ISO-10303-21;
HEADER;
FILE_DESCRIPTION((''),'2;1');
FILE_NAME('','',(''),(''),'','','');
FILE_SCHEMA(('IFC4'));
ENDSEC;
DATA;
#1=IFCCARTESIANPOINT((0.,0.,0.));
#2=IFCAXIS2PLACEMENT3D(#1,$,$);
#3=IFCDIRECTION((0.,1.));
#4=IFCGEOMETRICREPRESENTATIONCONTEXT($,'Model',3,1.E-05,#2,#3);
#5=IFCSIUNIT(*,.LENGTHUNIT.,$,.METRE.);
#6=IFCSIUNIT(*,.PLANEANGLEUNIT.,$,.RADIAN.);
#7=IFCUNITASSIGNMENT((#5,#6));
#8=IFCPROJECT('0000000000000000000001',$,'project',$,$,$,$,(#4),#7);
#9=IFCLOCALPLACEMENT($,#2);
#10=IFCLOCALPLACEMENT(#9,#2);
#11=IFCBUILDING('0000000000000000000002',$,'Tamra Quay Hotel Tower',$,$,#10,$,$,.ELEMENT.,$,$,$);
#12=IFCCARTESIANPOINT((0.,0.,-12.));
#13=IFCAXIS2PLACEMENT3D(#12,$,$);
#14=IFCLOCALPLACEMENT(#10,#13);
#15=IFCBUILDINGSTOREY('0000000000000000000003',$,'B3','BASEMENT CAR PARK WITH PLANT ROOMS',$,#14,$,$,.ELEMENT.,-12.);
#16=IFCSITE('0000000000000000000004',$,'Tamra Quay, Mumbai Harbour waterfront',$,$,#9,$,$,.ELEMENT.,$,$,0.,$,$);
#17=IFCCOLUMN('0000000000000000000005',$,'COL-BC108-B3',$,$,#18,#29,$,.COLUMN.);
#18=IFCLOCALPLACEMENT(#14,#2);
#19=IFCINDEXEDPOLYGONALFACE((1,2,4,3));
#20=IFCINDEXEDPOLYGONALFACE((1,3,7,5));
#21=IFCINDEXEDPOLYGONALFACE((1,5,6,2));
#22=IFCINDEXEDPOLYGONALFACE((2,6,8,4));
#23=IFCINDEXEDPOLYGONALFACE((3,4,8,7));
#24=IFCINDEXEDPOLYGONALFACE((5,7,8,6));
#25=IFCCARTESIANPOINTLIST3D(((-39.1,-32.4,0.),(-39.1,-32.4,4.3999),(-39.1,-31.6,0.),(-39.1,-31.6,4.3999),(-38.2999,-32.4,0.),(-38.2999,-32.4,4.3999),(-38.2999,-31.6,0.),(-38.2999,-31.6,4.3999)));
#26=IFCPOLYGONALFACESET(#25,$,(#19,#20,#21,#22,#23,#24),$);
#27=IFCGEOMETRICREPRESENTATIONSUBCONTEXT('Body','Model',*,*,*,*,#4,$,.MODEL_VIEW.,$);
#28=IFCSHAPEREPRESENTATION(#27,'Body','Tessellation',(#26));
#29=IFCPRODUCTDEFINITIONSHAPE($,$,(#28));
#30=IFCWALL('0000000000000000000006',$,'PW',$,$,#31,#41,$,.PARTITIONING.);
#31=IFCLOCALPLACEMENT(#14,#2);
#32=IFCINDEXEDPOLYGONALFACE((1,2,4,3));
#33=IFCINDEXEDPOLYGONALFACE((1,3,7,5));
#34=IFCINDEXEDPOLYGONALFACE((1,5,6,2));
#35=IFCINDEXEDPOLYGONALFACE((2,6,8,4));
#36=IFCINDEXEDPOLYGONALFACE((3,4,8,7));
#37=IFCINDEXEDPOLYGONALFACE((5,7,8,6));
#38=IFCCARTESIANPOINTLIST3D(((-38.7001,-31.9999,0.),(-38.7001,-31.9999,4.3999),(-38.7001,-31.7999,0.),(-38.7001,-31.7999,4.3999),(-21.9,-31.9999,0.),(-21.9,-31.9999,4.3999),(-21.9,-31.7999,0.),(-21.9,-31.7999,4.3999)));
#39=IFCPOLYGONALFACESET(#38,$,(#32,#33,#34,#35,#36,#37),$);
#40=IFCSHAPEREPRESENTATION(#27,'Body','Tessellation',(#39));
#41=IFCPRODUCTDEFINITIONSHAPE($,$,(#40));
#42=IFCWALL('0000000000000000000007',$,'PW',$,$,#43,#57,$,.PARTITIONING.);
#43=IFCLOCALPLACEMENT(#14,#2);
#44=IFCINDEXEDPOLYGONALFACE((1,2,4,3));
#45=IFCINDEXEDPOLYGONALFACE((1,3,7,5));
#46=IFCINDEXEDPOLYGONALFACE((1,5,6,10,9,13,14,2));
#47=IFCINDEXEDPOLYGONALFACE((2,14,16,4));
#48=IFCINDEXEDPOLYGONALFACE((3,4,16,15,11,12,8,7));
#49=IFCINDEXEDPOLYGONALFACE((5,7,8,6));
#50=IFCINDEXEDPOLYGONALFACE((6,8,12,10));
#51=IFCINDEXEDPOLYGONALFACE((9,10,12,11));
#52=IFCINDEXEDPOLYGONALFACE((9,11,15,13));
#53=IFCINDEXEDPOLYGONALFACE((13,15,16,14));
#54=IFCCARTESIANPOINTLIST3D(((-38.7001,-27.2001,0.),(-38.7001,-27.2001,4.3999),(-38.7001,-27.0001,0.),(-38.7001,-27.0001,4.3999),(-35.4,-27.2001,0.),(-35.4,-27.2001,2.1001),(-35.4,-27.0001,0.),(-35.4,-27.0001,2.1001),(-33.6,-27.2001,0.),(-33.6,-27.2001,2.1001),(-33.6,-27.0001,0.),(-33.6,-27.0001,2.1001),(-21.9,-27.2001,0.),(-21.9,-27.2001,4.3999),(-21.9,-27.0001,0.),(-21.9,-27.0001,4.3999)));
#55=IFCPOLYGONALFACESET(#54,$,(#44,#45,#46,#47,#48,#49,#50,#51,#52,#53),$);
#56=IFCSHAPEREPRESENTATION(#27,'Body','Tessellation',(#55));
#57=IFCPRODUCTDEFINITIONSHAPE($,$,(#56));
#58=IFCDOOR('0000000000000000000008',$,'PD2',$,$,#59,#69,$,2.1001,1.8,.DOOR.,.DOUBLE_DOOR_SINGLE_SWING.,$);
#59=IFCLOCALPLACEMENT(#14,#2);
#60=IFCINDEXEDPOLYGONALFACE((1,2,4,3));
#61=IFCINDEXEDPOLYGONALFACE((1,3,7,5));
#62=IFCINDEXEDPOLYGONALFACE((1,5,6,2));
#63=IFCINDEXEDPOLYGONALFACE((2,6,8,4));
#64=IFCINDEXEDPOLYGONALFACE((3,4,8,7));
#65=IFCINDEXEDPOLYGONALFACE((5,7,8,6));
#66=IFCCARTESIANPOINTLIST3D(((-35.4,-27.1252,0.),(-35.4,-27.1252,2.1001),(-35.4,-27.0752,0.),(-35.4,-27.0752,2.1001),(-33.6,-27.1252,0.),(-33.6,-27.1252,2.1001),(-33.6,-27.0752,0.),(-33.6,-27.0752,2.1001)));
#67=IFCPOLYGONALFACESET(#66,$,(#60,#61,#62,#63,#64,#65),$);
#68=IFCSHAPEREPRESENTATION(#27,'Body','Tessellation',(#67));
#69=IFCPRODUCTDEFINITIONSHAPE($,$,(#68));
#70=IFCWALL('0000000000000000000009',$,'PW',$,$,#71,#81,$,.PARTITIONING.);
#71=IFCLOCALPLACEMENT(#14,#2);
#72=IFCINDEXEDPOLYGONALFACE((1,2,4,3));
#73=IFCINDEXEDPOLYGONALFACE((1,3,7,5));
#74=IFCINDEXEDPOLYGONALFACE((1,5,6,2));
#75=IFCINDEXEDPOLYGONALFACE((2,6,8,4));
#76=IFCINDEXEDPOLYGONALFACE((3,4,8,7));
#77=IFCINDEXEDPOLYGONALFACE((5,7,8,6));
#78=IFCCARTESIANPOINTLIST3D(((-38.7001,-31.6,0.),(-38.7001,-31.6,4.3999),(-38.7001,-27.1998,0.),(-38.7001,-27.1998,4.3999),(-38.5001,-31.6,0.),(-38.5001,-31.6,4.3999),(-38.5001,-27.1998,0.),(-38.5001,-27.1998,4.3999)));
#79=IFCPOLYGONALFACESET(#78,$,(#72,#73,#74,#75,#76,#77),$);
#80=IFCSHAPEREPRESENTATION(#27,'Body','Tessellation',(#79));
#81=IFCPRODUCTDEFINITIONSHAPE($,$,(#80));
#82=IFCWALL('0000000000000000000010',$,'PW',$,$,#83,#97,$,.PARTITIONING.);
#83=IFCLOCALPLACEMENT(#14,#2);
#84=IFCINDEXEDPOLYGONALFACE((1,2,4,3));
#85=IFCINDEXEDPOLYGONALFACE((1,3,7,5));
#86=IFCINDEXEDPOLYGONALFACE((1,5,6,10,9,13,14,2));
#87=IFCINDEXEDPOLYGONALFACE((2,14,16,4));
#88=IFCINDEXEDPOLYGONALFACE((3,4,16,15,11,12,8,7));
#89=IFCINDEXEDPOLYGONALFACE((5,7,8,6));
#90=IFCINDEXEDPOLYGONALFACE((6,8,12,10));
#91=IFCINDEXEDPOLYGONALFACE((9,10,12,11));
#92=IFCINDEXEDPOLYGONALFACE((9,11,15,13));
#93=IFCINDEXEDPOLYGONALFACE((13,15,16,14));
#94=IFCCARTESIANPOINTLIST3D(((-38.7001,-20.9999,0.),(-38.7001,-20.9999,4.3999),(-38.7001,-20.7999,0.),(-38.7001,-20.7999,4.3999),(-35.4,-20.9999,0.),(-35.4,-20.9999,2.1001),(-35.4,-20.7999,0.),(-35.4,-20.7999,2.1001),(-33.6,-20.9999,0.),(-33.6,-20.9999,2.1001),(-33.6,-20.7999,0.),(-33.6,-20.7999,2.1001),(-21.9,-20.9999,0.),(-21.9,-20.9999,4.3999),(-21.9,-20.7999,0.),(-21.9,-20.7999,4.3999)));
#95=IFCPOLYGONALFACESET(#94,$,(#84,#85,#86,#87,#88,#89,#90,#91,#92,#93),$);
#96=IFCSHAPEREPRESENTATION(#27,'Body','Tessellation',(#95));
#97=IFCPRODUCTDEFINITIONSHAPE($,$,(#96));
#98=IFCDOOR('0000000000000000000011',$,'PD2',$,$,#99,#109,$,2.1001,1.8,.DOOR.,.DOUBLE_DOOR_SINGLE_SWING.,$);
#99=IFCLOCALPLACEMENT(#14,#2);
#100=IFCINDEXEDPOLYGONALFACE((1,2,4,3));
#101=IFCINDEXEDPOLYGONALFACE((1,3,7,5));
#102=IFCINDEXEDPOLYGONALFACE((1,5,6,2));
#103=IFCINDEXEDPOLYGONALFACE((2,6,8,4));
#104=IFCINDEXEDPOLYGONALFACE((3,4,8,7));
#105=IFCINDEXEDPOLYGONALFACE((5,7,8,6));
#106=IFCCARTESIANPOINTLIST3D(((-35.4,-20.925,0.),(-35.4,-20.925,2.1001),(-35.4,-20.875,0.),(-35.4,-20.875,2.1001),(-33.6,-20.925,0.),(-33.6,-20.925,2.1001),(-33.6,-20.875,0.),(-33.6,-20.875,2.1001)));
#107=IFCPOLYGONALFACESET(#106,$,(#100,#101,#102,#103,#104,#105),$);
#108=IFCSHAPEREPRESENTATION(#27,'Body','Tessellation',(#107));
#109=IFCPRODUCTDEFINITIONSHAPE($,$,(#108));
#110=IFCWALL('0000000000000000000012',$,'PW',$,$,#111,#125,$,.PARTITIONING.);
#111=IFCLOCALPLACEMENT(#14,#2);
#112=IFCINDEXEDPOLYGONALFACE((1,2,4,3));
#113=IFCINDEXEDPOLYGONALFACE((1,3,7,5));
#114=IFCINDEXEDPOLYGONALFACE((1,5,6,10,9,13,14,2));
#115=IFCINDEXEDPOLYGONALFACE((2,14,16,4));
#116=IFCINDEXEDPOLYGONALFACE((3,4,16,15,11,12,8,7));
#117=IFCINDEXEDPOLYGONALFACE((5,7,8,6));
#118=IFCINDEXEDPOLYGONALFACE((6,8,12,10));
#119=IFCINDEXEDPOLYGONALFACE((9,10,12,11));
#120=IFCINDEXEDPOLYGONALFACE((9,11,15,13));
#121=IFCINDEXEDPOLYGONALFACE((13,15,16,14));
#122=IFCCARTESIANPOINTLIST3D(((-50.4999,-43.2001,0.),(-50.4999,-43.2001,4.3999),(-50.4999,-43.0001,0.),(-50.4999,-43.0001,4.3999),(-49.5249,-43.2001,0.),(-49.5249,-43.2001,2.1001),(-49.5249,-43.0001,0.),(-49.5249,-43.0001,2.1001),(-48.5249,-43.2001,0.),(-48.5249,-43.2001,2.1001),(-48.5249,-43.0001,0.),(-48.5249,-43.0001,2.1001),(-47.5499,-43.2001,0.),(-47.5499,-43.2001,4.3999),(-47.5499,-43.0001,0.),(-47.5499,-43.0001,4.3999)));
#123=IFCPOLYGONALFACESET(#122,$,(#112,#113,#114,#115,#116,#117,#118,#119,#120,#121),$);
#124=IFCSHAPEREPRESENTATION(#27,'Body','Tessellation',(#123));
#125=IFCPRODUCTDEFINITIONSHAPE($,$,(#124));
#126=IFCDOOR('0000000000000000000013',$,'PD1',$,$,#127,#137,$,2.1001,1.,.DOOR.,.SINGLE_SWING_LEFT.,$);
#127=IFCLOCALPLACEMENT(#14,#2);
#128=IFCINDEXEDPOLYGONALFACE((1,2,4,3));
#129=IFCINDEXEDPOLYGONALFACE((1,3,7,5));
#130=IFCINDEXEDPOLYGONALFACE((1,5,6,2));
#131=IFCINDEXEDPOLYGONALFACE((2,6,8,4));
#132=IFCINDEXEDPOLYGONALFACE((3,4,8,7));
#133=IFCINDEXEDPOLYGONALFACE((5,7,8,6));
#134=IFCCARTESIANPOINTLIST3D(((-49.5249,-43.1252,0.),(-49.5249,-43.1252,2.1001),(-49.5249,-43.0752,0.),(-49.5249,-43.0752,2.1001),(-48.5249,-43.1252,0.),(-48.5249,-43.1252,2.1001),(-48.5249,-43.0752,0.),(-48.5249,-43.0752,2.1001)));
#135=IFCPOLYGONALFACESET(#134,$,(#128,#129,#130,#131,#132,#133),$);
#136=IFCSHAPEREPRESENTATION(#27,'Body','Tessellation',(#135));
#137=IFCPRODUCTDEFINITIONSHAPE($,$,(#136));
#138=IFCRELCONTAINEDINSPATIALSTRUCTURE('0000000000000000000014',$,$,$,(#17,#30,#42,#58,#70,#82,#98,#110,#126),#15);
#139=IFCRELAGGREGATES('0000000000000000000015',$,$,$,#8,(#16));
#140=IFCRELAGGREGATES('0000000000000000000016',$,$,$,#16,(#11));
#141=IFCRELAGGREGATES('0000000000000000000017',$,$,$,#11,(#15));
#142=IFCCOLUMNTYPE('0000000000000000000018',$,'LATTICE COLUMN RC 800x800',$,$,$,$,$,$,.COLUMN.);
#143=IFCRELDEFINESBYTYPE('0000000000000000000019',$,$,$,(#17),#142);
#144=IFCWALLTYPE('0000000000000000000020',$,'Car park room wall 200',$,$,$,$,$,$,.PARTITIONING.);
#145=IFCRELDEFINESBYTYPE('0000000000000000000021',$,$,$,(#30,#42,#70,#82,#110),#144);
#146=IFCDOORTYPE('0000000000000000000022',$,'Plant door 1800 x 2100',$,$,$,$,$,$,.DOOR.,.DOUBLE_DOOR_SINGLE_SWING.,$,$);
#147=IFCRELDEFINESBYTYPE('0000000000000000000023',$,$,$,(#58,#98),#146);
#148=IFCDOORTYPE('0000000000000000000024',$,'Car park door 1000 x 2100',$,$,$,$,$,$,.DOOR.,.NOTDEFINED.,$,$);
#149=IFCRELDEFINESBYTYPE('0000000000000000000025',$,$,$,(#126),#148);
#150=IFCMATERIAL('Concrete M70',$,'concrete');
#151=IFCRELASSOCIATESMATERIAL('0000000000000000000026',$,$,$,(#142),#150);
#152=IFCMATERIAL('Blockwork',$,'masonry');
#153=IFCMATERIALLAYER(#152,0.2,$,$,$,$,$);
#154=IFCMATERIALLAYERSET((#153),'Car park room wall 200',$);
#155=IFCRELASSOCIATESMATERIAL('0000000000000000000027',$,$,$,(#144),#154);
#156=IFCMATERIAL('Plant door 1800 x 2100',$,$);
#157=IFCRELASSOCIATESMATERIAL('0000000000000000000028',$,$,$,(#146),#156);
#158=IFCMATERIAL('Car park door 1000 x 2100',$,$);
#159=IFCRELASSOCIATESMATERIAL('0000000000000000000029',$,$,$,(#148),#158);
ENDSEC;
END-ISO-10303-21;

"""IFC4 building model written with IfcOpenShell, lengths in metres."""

from ifc_helpers import new_model, si_unit, direction, frame, frame_2d, origin, origin_2d, place, context, subcontext, project, spatial, rectangle, extrude, material, layer, layer_set, material_profile, profile_set, type_object, element, fill, save


model = new_model("IFC4")

# Units and contexts
model_context = context("Model", 3, precision=1e-05, world=origin(), true_north=direction((0.0, 1.0)))
body_context = subcontext(model_context, "Body", "Model", "MODEL_VIEW")
ifc_project = project(units=[si_unit("LENGTHUNIT", "METRE"), si_unit("PLANEANGLEUNIT", "RADIAN")], contexts=[model_context])

# Site, building, storey
site_placement = place(None, origin())
site = spatial("IfcSite", under=ifc_project, at=site_placement, Name="Tamra Quay, Mumbai Harbour waterfront", CompositionType="ELEMENT", RefElevation=0.0)
building_placement = place(site_placement, origin())
building = spatial("IfcBuilding", under=site, at=building_placement, Name="Tamra Quay Hotel Tower", CompositionType="ELEMENT")
storey_placement = place(building_placement, frame((0.0, 0.0, -12.0)))
storey = spatial("IfcBuildingStorey", under=building, at=storey_placement, Name="B3", Description="BASEMENT CAR PARK WITH PLANT ROOMS", CompositionType="ELEMENT", Elevation=-12.0)

# Column
ifc_material_1 = material(Name="Concrete M70", Category="concrete")
ifc_material_profile_1 = material_profile(ifc_material_1, rectangle(XDim=0.8, YDim=0.8, at=origin_2d()), Name="LATTICE COLUMN RC 800x800")
ifc_profile_set_1 = profile_set([ifc_material_profile_1], Name="Concrete M70")
column_type = type_object("IfcColumnType", Name="LATTICE COLUMN RC 800x800", PredefinedType="COLUMN", material=ifc_profile_set_1)
for number, where, z_axis, x_axis, name in (
    (1, (-38.7, -32.0, 0.0), (0.0, 0.0, 1.0), (1.0, 0.0, 0.0), "COL-BC108-B3"),
):
    element("IfcColumn", number, at=place(storey_placement, frame(where, z_axis=z_axis, x_axis=x_axis)), inside=storey, type_object=column_type, Name=name, PredefinedType="COLUMN", context=body_context, shape_type="SweptSolid", body=[
        extrude(rectangle(XDim=0.8, YDim=0.8, at=origin_2d()), origin(), (0.0, 0.0, 1.0), 4.3999),
    ])

# Wall
ifc_material_2 = material(Name="Blockwork", Category="masonry")
ifc_layer = layer(ifc_material_2, 0.2)
ifc_layer_set = layer_set([ifc_layer], Name="Car park room wall 200")
wall_type = type_object("IfcWallType", Name="Car park room wall 200", PredefinedType="PARTITIONING", material=ifc_layer_set)
wall_1_placement = place(storey_placement, frame((-38.7, -31.8999, 0.0), z_axis=(0.0, 0.0, 1.0), x_axis=(1.0, 0.0, 0.0)))
element("IfcWall", 2, at=wall_1_placement, inside=storey, type_object=wall_type, Name="PW", PredefinedType="PARTITIONING", context=body_context, shape_type="SweptSolid", body=[
    extrude(rectangle(XDim=16.8, YDim=0.2, at=frame_2d((8.3999, 0.0))), origin(), (0.0, 0.0, 1.0), 4.3999),
])

# Wall, opening, door
wall_2_placement = place(storey_placement, frame((-38.7, -27.1001, 0.0), z_axis=(0.0, 0.0, 1.0), x_axis=(1.0, 0.0, 0.0)))
wall_2 = element("IfcWall", 3, at=wall_2_placement, inside=storey, type_object=wall_type, Name="PW", PredefinedType="PARTITIONING", context=body_context, shape_type="SweptSolid", body=[
    extrude(rectangle(XDim=16.8, YDim=0.2, at=frame_2d((8.3999, 0.0))), origin(), (0.0, 0.0, 1.0), 4.3999),
])
opening_1_placement = place(wall_2_placement, frame((3.3, 0.0, 0.0)))
opening_1 = element("IfcOpeningElement", 4, at=opening_1_placement, cuts=wall_2, PredefinedType="OPENING", context=body_context, shape_type="SweptSolid", body=[
    extrude(rectangle(XDim=1.8, YDim=2.1001, at=frame_2d((0.8999, 1.05))), frame((0.0, 0.1099, 0.0), z_axis=(0.0, -1.0, 0.0), x_axis=(1.0, 0.0, 0.0)), (0.0, 0.0, 1.0), 0.22),
])
ifc_material_3 = material(Name="Plant door 1800 x 2100")
door_type_1 = type_object("IfcDoorType", Name="Plant door 1800 x 2100", OperationType="DOUBLE_DOOR_SINGLE_SWING", PredefinedType="DOOR", material=ifc_material_3)
door_1_placement = place(opening_1_placement, origin())
door_1 = element("IfcDoor", 5, at=door_1_placement, inside=storey, type_object=door_type_1, Name="PD2", OperationType="DOUBLE_DOOR_SINGLE_SWING", OverallHeight=2.1001, OverallWidth=1.8, PredefinedType="DOOR", context=body_context, shape_type="SweptSolid", body=[
    extrude(rectangle(XDim=1.8, YDim=2.1001, at=frame_2d((0.8999, 1.05))), frame((0.0, 0.0249, 0.0), z_axis=(0.0, -1.0, 0.0), x_axis=(1.0, 0.0, 0.0)), (0.0, 0.0, 1.0), 0.05),
])
fill(opening_1, door_1)

# Wall
wall_3_placement = place(storey_placement, frame((-38.6001, -31.6001, 0.0), z_axis=(0.0, 0.0, 1.0), x_axis=(0.0, 1.0, 0.0)))
element("IfcWall", 6, at=wall_3_placement, inside=storey, type_object=wall_type, Name="PW", PredefinedType="PARTITIONING", context=body_context, shape_type="SweptSolid", body=[
    extrude(rectangle(XDim=4.4001, YDim=0.2, at=frame_2d((2.2002, 0.0))), origin(), (0.0, 0.0, 1.0), 4.3999),
])

# Walls, openings, doors
wall_4_placement = place(storey_placement, frame((-38.7, -20.8999, 0.0), z_axis=(0.0, 0.0, 1.0), x_axis=(1.0, 0.0, 0.0)))
wall_4 = element("IfcWall", 7, at=wall_4_placement, inside=storey, type_object=wall_type, Name="PW", PredefinedType="PARTITIONING", context=body_context, shape_type="SweptSolid", body=[
    extrude(rectangle(XDim=16.8, YDim=0.2, at=frame_2d((8.3999, 0.0))), origin(), (0.0, 0.0, 1.0), 4.3999),
])
opening_2_placement = place(wall_4_placement, frame((3.3, 0.0, 0.0)))
opening_2 = element("IfcOpeningElement", 8, at=opening_2_placement, cuts=wall_4, PredefinedType="OPENING", context=body_context, shape_type="SweptSolid", body=[
    extrude(rectangle(XDim=1.8, YDim=2.1001, at=frame_2d((0.8999, 1.05))), frame((0.0, 0.1099, 0.0), z_axis=(0.0, -1.0, 0.0), x_axis=(1.0, 0.0, 0.0)), (0.0, 0.0, 1.0), 0.22),
])
door_2_placement = place(opening_2_placement, origin())
door_2 = element("IfcDoor", 9, at=door_2_placement, inside=storey, type_object=door_type_1, Name="PD2", OperationType="DOUBLE_DOOR_SINGLE_SWING", OverallHeight=2.1001, OverallWidth=1.8, PredefinedType="DOOR", context=body_context, shape_type="SweptSolid", body=[
    extrude(rectangle(XDim=1.8, YDim=2.1001, at=frame_2d((0.8999, 1.05))), frame((0.0, 0.0249, 0.0), z_axis=(0.0, -1.0, 0.0), x_axis=(1.0, 0.0, 0.0)), (0.0, 0.0, 1.0), 0.05),
])
fill(opening_2, door_2)
wall_5_placement = place(storey_placement, frame((-50.5, -43.1001, 0.0), z_axis=(0.0, 0.0, 1.0), x_axis=(1.0, 0.0, 0.0)))
wall_5 = element("IfcWall", 10, at=wall_5_placement, inside=storey, type_object=wall_type, Name="PW", PredefinedType="PARTITIONING", context=body_context, shape_type="SweptSolid", body=[
    extrude(rectangle(XDim=2.95, YDim=0.2, at=frame_2d((1.4751, 0.0))), origin(), (0.0, 0.0, 1.0), 4.3999),
])
opening_3_placement = place(wall_5_placement, frame((0.9751, 0.0, 0.0)))
opening_3 = element("IfcOpeningElement", 11, at=opening_3_placement, cuts=wall_5, PredefinedType="OPENING", context=body_context, shape_type="SweptSolid", body=[
    extrude(rectangle(XDim=1.0, YDim=2.1001, at=frame_2d((0.5, 1.05))), frame((0.0, 0.1099, 0.0), z_axis=(0.0, -1.0, 0.0), x_axis=(1.0, 0.0, 0.0)), (0.0, 0.0, 1.0), 0.22),
])
ifc_material_4 = material(Name="Car park door 1000 x 2100")
door_type_2 = type_object("IfcDoorType", Name="Car park door 1000 x 2100", OperationType="NOTDEFINED", PredefinedType="DOOR", material=ifc_material_4)
door_3_placement = place(opening_3_placement, origin())
door_3 = element("IfcDoor", 12, at=door_3_placement, inside=storey, type_object=door_type_2, Name="PD1", OperationType="SINGLE_SWING_LEFT", OverallHeight=2.1001, OverallWidth=1.0, PredefinedType="DOOR", context=body_context, shape_type="SweptSolid", body=[
    extrude(rectangle(XDim=1.0, YDim=2.1001, at=frame_2d((0.5, 1.05))), frame((0.0, 0.0249, 0.0), z_axis=(0.0, -1.0, 0.0), x_axis=(1.0, 0.0, 0.0)), (0.0, 0.0, 1.0), 0.05),
])
fill(opening_3, door_3)

save(model, "model.ifc")
